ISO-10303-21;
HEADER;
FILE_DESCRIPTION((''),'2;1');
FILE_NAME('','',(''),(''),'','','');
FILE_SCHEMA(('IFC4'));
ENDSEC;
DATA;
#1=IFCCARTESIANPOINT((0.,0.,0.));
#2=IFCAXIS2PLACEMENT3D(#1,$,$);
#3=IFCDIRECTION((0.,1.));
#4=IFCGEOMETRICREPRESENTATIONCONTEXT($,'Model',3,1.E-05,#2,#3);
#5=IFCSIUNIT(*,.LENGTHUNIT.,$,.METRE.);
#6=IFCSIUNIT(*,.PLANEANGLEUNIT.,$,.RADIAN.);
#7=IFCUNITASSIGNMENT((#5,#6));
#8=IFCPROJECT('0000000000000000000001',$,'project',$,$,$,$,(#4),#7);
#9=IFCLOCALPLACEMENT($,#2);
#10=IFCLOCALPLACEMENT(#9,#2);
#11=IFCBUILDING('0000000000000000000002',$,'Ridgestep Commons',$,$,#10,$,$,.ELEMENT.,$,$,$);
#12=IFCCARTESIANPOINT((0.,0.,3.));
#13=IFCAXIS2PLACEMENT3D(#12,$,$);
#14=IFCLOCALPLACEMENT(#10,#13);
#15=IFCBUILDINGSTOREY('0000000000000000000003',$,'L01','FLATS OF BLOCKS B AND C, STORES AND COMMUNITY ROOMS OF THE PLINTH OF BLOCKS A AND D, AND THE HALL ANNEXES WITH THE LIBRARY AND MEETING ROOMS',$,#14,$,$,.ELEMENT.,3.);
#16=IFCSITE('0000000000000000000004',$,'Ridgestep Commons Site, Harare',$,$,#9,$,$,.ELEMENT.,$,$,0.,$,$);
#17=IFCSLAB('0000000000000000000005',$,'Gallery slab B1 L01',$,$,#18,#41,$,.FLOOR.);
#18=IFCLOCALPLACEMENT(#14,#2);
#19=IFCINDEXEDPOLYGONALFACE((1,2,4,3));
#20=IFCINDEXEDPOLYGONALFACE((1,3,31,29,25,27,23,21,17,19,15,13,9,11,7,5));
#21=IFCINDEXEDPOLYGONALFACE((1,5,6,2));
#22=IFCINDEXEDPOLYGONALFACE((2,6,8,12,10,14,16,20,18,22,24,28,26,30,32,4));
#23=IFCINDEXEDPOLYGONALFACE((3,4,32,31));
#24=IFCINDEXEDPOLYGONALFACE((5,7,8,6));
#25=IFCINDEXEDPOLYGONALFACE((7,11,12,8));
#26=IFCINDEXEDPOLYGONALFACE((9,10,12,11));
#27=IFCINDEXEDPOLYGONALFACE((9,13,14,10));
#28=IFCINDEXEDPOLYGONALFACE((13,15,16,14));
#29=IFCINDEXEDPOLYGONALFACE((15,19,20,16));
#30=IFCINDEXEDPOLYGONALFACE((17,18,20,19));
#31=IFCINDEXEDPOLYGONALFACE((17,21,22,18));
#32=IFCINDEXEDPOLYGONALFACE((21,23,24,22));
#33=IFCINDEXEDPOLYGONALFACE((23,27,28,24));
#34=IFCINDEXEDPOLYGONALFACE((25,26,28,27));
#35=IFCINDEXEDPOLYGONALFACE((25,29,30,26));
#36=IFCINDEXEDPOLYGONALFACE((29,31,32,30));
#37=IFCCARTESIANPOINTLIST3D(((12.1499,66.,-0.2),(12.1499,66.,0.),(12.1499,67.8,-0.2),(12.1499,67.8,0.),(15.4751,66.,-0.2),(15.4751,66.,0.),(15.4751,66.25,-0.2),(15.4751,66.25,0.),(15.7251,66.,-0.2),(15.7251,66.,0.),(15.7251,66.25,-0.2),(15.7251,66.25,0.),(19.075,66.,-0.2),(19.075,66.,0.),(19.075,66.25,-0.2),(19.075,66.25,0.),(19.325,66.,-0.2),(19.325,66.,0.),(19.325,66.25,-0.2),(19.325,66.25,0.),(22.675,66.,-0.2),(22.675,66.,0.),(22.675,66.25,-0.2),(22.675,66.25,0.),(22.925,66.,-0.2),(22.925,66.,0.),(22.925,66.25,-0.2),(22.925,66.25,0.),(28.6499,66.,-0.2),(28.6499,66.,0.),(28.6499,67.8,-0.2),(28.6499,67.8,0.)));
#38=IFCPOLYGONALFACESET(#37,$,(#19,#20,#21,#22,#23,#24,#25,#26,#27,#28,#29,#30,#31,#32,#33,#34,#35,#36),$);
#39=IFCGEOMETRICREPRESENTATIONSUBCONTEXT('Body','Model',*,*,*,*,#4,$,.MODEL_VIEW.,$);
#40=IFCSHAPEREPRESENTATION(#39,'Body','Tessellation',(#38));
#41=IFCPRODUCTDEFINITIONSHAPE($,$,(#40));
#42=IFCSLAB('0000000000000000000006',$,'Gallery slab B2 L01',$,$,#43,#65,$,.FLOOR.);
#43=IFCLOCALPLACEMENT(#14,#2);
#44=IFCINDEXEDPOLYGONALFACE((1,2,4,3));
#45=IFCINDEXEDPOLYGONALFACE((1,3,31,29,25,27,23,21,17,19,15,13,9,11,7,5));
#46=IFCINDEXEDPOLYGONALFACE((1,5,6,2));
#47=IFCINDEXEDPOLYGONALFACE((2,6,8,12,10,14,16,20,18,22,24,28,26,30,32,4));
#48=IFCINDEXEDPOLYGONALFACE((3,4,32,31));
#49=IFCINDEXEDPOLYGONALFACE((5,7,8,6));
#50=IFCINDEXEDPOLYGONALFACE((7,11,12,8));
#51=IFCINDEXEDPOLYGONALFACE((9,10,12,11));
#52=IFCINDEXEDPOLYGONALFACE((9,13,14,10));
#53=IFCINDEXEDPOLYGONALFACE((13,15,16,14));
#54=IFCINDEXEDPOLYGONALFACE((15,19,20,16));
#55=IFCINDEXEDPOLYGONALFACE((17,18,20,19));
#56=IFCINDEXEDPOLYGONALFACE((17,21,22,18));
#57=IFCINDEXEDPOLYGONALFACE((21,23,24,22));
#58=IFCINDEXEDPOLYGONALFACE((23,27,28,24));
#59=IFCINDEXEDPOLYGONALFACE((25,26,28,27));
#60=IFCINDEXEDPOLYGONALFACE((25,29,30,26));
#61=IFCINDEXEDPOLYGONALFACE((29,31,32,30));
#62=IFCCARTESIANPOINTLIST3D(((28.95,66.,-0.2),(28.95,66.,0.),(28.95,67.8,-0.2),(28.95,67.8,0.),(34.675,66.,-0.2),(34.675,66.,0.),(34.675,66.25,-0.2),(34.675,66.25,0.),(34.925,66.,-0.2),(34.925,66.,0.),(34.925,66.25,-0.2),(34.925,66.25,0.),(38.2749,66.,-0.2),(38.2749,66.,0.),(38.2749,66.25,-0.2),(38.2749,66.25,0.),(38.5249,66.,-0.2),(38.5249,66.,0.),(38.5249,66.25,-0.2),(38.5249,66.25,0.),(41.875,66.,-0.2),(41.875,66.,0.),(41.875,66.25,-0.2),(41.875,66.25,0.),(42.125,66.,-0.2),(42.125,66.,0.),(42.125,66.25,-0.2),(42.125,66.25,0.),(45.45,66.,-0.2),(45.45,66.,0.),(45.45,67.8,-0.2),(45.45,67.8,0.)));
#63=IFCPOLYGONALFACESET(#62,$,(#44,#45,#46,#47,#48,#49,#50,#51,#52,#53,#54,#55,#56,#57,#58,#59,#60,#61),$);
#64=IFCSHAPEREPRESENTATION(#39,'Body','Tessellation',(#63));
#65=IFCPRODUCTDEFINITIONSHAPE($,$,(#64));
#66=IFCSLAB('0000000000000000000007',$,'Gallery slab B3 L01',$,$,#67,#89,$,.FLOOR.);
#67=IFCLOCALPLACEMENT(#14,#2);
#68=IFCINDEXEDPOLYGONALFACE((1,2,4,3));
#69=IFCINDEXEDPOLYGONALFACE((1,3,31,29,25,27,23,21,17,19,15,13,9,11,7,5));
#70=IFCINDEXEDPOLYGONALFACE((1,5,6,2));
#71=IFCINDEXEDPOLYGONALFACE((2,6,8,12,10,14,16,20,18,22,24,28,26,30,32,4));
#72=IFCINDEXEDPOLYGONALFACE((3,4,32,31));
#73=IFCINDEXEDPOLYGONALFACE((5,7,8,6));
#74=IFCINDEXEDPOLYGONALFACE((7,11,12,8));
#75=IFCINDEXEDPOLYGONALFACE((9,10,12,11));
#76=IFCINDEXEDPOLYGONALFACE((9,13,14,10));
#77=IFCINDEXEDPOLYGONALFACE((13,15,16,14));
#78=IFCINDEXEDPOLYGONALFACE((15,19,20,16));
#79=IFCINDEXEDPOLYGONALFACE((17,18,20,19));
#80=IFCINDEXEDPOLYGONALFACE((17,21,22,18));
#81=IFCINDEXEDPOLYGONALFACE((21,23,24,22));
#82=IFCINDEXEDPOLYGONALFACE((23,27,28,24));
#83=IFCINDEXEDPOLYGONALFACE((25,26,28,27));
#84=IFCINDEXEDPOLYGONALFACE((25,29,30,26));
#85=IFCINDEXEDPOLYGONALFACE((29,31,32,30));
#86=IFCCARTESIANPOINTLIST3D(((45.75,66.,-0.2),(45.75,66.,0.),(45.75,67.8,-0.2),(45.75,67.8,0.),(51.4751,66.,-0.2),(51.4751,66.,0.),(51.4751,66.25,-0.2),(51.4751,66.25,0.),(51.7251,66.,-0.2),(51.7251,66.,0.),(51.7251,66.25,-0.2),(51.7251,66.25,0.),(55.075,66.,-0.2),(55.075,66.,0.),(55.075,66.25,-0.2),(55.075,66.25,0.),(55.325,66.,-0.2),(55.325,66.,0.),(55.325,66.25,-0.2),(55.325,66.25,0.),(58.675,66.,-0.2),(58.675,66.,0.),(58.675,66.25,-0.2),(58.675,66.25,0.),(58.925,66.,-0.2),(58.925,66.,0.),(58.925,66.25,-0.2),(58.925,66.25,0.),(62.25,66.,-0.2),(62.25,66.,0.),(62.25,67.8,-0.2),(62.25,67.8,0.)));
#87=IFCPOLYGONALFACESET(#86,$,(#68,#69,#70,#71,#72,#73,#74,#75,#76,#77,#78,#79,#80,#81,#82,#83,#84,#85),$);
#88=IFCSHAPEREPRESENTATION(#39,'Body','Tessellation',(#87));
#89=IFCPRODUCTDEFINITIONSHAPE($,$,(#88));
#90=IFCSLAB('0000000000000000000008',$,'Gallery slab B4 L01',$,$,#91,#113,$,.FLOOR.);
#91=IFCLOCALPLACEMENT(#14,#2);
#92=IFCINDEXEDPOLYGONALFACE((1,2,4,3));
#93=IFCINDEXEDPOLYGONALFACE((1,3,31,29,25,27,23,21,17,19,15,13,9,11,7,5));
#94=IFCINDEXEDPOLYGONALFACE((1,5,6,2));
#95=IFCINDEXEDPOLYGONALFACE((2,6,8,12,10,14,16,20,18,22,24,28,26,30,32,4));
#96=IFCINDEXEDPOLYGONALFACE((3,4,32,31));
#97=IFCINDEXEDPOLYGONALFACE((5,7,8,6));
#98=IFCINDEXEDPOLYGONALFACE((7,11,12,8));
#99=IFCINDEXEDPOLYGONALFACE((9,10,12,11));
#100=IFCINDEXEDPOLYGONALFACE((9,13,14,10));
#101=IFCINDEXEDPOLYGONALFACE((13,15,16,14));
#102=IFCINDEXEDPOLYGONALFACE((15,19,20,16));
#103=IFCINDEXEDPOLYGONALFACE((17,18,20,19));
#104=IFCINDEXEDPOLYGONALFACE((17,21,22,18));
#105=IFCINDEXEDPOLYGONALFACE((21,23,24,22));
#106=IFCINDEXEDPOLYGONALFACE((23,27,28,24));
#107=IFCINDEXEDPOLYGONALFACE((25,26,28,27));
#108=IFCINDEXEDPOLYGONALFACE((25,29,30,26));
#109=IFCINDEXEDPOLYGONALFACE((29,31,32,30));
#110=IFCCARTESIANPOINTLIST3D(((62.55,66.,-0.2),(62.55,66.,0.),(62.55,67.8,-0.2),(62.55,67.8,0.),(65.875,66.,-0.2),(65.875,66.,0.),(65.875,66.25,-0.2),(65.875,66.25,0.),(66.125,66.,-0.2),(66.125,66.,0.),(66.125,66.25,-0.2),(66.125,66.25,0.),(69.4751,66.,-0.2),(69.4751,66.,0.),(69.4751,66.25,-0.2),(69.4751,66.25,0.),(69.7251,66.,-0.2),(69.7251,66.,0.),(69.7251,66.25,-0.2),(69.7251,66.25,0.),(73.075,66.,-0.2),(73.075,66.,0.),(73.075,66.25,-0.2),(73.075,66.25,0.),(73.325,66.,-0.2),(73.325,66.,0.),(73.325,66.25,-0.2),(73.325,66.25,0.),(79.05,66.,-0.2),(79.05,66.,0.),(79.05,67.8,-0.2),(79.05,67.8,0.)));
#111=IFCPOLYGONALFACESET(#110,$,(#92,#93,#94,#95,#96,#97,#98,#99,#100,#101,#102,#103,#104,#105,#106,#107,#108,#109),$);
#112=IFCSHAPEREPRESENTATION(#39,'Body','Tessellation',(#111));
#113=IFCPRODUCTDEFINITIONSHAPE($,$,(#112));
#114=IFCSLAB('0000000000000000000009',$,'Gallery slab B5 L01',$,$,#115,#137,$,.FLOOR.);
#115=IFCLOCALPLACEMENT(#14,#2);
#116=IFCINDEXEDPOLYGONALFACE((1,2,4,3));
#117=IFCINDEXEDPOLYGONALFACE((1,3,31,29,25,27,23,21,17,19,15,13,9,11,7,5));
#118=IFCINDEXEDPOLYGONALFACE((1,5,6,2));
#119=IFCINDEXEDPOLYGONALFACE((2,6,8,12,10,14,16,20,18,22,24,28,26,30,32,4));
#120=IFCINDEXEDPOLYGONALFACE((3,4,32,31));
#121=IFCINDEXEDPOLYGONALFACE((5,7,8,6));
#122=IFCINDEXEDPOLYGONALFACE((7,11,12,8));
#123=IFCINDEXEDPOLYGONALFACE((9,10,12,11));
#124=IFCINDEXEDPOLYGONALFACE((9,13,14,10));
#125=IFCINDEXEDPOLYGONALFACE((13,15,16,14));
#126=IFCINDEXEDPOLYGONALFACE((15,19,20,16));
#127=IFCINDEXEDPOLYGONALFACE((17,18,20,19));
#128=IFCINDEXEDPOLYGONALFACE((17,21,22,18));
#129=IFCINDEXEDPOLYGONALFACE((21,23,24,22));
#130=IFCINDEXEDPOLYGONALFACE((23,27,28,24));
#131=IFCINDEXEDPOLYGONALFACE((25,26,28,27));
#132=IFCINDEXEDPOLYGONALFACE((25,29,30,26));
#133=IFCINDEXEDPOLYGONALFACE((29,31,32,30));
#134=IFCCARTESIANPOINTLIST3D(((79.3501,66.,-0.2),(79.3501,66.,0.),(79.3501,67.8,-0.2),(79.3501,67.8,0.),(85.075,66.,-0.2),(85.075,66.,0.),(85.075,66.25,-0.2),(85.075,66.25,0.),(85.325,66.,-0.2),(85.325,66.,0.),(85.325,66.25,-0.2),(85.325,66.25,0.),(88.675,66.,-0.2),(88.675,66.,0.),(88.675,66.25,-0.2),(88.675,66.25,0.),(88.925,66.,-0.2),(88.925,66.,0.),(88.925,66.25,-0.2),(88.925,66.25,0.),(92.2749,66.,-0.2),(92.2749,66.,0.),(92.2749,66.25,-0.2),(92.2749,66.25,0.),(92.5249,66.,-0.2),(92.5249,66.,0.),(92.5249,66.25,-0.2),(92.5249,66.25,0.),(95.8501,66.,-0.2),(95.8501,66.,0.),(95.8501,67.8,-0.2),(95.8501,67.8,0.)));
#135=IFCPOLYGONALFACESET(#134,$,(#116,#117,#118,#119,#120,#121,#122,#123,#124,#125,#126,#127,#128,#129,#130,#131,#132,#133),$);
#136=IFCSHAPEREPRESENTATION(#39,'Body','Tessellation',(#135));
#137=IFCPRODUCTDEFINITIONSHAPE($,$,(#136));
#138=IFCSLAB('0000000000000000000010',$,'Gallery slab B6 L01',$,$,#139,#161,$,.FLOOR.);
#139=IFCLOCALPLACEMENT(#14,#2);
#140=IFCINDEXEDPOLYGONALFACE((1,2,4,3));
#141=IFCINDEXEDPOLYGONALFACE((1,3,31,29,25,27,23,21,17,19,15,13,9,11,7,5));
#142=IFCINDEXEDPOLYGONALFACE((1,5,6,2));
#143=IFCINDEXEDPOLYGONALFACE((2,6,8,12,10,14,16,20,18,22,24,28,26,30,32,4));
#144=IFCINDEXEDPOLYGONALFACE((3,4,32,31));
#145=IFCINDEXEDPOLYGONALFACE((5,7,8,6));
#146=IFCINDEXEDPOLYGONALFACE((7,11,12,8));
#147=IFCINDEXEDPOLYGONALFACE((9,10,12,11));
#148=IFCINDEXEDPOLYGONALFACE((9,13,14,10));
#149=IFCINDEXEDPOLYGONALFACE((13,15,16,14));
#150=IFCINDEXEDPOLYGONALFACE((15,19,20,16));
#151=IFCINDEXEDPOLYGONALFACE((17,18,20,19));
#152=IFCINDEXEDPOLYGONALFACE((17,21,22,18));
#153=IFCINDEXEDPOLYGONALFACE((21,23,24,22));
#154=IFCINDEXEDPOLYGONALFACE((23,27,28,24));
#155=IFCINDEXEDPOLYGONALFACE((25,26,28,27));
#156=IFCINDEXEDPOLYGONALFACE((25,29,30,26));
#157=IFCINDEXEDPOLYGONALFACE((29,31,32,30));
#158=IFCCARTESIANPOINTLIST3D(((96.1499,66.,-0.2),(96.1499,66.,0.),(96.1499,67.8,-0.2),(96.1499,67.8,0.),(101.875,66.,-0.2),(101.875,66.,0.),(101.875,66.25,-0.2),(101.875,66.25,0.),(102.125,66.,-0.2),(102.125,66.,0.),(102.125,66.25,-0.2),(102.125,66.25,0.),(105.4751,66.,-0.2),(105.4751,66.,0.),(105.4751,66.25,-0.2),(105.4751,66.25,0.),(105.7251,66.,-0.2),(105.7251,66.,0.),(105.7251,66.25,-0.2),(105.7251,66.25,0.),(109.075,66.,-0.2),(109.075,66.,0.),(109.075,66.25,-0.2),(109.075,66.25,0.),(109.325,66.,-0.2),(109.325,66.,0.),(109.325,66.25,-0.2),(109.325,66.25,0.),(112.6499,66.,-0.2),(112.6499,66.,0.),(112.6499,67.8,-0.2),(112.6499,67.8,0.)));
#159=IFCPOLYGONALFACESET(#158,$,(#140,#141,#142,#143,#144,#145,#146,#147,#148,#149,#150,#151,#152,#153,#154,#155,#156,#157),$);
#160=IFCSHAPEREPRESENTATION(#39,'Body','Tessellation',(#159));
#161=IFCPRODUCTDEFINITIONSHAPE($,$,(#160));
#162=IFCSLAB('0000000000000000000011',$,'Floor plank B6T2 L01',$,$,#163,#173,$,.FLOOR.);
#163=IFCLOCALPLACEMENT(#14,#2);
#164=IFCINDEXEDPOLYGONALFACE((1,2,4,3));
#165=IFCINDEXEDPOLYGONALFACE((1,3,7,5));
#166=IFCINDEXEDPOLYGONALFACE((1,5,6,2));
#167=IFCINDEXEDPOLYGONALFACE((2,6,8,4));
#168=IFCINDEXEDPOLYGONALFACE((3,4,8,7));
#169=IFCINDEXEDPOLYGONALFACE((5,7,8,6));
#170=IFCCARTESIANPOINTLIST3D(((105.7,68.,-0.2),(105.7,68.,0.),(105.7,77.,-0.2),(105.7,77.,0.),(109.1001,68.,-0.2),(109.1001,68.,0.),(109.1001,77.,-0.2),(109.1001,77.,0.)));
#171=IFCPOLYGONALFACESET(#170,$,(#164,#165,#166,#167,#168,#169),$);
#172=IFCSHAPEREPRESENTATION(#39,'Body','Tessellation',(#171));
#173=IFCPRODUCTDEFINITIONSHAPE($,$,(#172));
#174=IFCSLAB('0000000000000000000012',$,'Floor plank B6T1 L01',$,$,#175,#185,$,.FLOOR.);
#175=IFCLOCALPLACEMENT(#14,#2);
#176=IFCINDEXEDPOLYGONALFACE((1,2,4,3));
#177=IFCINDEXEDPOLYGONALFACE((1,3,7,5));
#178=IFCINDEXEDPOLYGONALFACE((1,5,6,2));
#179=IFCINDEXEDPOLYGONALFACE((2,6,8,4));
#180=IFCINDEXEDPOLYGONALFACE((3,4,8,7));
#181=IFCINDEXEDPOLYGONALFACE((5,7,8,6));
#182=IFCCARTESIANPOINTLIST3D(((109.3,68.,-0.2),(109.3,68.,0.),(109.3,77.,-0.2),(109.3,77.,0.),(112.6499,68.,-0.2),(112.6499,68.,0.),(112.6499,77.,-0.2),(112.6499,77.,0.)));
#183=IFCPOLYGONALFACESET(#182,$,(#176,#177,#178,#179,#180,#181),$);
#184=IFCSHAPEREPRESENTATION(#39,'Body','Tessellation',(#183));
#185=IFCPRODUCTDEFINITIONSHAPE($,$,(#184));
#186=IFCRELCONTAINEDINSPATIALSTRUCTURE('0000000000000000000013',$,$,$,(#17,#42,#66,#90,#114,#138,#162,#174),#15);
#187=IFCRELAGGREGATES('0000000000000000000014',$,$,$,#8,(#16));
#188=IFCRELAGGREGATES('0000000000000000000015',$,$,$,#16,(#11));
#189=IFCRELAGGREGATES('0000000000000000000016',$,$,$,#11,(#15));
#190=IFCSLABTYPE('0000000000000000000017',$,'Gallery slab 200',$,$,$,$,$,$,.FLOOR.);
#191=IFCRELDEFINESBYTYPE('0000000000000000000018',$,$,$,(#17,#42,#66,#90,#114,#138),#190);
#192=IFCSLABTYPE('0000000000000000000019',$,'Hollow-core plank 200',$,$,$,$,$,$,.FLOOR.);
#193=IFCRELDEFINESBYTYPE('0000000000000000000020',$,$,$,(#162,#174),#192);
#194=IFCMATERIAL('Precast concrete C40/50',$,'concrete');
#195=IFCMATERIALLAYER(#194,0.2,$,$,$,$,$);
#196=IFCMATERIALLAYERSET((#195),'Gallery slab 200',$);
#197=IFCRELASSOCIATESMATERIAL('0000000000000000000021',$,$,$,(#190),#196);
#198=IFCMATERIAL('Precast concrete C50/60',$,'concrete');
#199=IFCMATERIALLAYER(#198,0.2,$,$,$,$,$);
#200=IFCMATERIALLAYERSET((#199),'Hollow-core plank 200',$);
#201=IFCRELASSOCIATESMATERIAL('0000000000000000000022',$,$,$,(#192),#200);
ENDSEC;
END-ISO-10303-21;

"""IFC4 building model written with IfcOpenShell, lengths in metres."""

from ifc_helpers import new_model, si_unit, direction, frame, origin, place, context, subcontext, project, spatial, polyline, outline, extrude, material, layer, layer_set, type_object, element, save


model = new_model("IFC4")

# Units and contexts
model_context = context("Model", 3, precision=1e-05, world=origin(), true_north=direction((0.0, 1.0)))
body_context = subcontext(model_context, "Body", "Model", "MODEL_VIEW")
ifc_project = project(units=[si_unit("LENGTHUNIT", "METRE"), si_unit("PLANEANGLEUNIT", "RADIAN")], contexts=[model_context])

# Site, building, storey
site_placement = place(None, origin())
site = spatial("IfcSite", under=ifc_project, at=site_placement, Name="Ridgestep Commons Site, Harare", CompositionType="ELEMENT", RefElevation=0.0)
building_placement = place(site_placement, origin())
building = spatial("IfcBuilding", under=site, at=building_placement, Name="Ridgestep Commons", CompositionType="ELEMENT")
storey_placement = place(building_placement, frame((0.0, 0.0, 3.0)))
storey = spatial("IfcBuildingStorey", under=building, at=storey_placement, Name="L01", Description="FLATS OF BLOCKS B AND C, STORES AND COMMUNITY ROOMS OF THE PLINTH OF BLOCKS A AND D, AND THE HALL ANNEXES WITH THE LIBRARY AND MEETING ROOMS", CompositionType="ELEMENT", Elevation=3.0)

# Slabs
ifc_material_1 = material(Name="Precast concrete C40/50", Category="concrete")
ifc_layer_1 = layer(ifc_material_1, 0.2)
ifc_layer_set_1 = layer_set([ifc_layer_1], Name="Gallery slab 200")
slab_type_1 = type_object("IfcSlabType", Name="Gallery slab 200", PredefinedType="FLOOR", material=ifc_layer_set_1)
slab_1_placement = place(storey_placement, frame((0.0, 0.0, -0.2)))
element("IfcSlab", 1, at=slab_1_placement, inside=storey, type_object=slab_type_1, Name="Gallery slab B1 L01", PredefinedType="FLOOR", context=body_context, shape_type="SweptSolid", body=[
    extrude(outline(polyline([(28.6499, 67.8), (12.1499, 67.8), (12.1499, 66.0), (15.4751, 66.0), (15.4751, 66.25), (15.7251, 66.25), (15.7251, 66.0), (19.075, 66.0), (19.075, 66.25), (19.325, 66.25), (19.325, 66.0), (22.675, 66.0), (22.675, 66.25), (22.925, 66.25), (22.925, 66.0), (28.6499, 66.0), (28.6499, 67.8)])), origin(), (0.0, 0.0, 1.0), 0.2),
])
slab_2_placement = place(storey_placement, frame((0.0, 0.0, -0.2)))
element("IfcSlab", 2, at=slab_2_placement, inside=storey, type_object=slab_type_1, Name="Gallery slab B2 L01", PredefinedType="FLOOR", context=body_context, shape_type="SweptSolid", body=[
    extrude(outline(polyline([(45.45, 67.8), (28.95, 67.8), (28.95, 66.0), (34.675, 66.0), (34.675, 66.25), (34.925, 66.25), (34.925, 66.0), (38.2749, 66.0), (38.2749, 66.25), (38.5249, 66.25), (38.5249, 66.0), (41.875, 66.0), (41.875, 66.25), (42.125, 66.25), (42.125, 66.0), (45.45, 66.0), (45.45, 67.8)])), origin(), (0.0, 0.0, 1.0), 0.2),
])
slab_3_placement = place(storey_placement, frame((0.0, 0.0, -0.2)))
element("IfcSlab", 3, at=slab_3_placement, inside=storey, type_object=slab_type_1, Name="Gallery slab B3 L01", PredefinedType="FLOOR", context=body_context, shape_type="SweptSolid", body=[
    extrude(outline(polyline([(62.25, 67.8), (45.75, 67.8), (45.75, 66.0), (51.4751, 66.0), (51.4751, 66.25), (51.7251, 66.25), (51.7251, 66.0), (55.075, 66.0), (55.075, 66.25), (55.325, 66.25), (55.325, 66.0), (58.675, 66.0), (58.675, 66.25), (58.925, 66.25), (58.925, 66.0), (62.25, 66.0), (62.25, 67.8)])), origin(), (0.0, 0.0, 1.0), 0.2),
])
slab_4_placement = place(storey_placement, frame((0.0, 0.0, -0.2)))
element("IfcSlab", 4, at=slab_4_placement, inside=storey, type_object=slab_type_1, Name="Gallery slab B4 L01", PredefinedType="FLOOR", context=body_context, shape_type="SweptSolid", body=[
    extrude(outline(polyline([(79.05, 67.8), (62.55, 67.8), (62.55, 66.0), (65.875, 66.0), (65.875, 66.25), (66.125, 66.25), (66.125, 66.0), (69.4751, 66.0), (69.4751, 66.25), (69.7251, 66.25), (69.7251, 66.0), (73.075, 66.0), (73.075, 66.25), (73.325, 66.25), (73.325, 66.0), (79.05, 66.0), (79.05, 67.8)])), origin(), (0.0, 0.0, 1.0), 0.2),
])
slab_5_placement = place(storey_placement, frame((0.0, 0.0, -0.2)))
element("IfcSlab", 5, at=slab_5_placement, inside=storey, type_object=slab_type_1, Name="Gallery slab B5 L01", PredefinedType="FLOOR", context=body_context, shape_type="SweptSolid", body=[
    extrude(outline(polyline([(95.8501, 67.8), (79.3501, 67.8), (79.3501, 66.0), (85.075, 66.0), (85.075, 66.25), (85.325, 66.25), (85.325, 66.0), (88.675, 66.0), (88.675, 66.25), (88.925, 66.25), (88.925, 66.0), (92.2749, 66.0), (92.2749, 66.25), (92.5249, 66.25), (92.5249, 66.0), (95.8501, 66.0), (95.8501, 67.8)])), origin(), (0.0, 0.0, 1.0), 0.2),
])
slab_6_placement = place(storey_placement, frame((0.0, 0.0, -0.2)))
element("IfcSlab", 6, at=slab_6_placement, inside=storey, type_object=slab_type_1, Name="Gallery slab B6 L01", PredefinedType="FLOOR", context=body_context, shape_type="SweptSolid", body=[
    extrude(outline(polyline([(112.6499, 67.8), (96.1499, 67.8), (96.1499, 66.0), (101.875, 66.0), (101.875, 66.25), (102.125, 66.25), (102.125, 66.0), (105.4751, 66.0), (105.4751, 66.25), (105.7251, 66.25), (105.7251, 66.0), (109.075, 66.0), (109.075, 66.25), (109.325, 66.25), (109.325, 66.0), (112.6499, 66.0), (112.6499, 67.8)])), origin(), (0.0, 0.0, 1.0), 0.2),
])
ifc_material_2 = material(Name="Precast concrete C50/60", Category="concrete")
ifc_layer_2 = layer(ifc_material_2, 0.2)
ifc_layer_set_2 = layer_set([ifc_layer_2], Name="Hollow-core plank 200")
slab_type_2 = type_object("IfcSlabType", Name="Hollow-core plank 200", PredefinedType="FLOOR", material=ifc_layer_set_2)
slab_7_placement = place(storey_placement, frame((0.0, 0.0, -0.2)))
element("IfcSlab", 7, at=slab_7_placement, inside=storey, type_object=slab_type_2, Name="Floor plank B6T2 L01", PredefinedType="FLOOR", context=body_context, shape_type="SweptSolid", body=[
    extrude(outline(polyline([(109.1001, 68.0), (109.1001, 77.0), (105.7, 77.0), (105.7, 68.0), (109.1001, 68.0)])), origin(), (0.0, 0.0, 1.0), 0.2),
])
slab_8_placement = place(storey_placement, frame((0.0, 0.0, -0.2)))
element("IfcSlab", 8, at=slab_8_placement, inside=storey, type_object=slab_type_2, Name="Floor plank B6T1 L01", PredefinedType="FLOOR", context=body_context, shape_type="SweptSolid", body=[
    extrude(outline(polyline([(112.6499, 68.0), (112.6499, 77.0), (109.3, 77.0), (109.3, 68.0), (112.6499, 68.0)])), origin(), (0.0, 0.0, 1.0), 0.2),
])

save(model, "model.ifc")
